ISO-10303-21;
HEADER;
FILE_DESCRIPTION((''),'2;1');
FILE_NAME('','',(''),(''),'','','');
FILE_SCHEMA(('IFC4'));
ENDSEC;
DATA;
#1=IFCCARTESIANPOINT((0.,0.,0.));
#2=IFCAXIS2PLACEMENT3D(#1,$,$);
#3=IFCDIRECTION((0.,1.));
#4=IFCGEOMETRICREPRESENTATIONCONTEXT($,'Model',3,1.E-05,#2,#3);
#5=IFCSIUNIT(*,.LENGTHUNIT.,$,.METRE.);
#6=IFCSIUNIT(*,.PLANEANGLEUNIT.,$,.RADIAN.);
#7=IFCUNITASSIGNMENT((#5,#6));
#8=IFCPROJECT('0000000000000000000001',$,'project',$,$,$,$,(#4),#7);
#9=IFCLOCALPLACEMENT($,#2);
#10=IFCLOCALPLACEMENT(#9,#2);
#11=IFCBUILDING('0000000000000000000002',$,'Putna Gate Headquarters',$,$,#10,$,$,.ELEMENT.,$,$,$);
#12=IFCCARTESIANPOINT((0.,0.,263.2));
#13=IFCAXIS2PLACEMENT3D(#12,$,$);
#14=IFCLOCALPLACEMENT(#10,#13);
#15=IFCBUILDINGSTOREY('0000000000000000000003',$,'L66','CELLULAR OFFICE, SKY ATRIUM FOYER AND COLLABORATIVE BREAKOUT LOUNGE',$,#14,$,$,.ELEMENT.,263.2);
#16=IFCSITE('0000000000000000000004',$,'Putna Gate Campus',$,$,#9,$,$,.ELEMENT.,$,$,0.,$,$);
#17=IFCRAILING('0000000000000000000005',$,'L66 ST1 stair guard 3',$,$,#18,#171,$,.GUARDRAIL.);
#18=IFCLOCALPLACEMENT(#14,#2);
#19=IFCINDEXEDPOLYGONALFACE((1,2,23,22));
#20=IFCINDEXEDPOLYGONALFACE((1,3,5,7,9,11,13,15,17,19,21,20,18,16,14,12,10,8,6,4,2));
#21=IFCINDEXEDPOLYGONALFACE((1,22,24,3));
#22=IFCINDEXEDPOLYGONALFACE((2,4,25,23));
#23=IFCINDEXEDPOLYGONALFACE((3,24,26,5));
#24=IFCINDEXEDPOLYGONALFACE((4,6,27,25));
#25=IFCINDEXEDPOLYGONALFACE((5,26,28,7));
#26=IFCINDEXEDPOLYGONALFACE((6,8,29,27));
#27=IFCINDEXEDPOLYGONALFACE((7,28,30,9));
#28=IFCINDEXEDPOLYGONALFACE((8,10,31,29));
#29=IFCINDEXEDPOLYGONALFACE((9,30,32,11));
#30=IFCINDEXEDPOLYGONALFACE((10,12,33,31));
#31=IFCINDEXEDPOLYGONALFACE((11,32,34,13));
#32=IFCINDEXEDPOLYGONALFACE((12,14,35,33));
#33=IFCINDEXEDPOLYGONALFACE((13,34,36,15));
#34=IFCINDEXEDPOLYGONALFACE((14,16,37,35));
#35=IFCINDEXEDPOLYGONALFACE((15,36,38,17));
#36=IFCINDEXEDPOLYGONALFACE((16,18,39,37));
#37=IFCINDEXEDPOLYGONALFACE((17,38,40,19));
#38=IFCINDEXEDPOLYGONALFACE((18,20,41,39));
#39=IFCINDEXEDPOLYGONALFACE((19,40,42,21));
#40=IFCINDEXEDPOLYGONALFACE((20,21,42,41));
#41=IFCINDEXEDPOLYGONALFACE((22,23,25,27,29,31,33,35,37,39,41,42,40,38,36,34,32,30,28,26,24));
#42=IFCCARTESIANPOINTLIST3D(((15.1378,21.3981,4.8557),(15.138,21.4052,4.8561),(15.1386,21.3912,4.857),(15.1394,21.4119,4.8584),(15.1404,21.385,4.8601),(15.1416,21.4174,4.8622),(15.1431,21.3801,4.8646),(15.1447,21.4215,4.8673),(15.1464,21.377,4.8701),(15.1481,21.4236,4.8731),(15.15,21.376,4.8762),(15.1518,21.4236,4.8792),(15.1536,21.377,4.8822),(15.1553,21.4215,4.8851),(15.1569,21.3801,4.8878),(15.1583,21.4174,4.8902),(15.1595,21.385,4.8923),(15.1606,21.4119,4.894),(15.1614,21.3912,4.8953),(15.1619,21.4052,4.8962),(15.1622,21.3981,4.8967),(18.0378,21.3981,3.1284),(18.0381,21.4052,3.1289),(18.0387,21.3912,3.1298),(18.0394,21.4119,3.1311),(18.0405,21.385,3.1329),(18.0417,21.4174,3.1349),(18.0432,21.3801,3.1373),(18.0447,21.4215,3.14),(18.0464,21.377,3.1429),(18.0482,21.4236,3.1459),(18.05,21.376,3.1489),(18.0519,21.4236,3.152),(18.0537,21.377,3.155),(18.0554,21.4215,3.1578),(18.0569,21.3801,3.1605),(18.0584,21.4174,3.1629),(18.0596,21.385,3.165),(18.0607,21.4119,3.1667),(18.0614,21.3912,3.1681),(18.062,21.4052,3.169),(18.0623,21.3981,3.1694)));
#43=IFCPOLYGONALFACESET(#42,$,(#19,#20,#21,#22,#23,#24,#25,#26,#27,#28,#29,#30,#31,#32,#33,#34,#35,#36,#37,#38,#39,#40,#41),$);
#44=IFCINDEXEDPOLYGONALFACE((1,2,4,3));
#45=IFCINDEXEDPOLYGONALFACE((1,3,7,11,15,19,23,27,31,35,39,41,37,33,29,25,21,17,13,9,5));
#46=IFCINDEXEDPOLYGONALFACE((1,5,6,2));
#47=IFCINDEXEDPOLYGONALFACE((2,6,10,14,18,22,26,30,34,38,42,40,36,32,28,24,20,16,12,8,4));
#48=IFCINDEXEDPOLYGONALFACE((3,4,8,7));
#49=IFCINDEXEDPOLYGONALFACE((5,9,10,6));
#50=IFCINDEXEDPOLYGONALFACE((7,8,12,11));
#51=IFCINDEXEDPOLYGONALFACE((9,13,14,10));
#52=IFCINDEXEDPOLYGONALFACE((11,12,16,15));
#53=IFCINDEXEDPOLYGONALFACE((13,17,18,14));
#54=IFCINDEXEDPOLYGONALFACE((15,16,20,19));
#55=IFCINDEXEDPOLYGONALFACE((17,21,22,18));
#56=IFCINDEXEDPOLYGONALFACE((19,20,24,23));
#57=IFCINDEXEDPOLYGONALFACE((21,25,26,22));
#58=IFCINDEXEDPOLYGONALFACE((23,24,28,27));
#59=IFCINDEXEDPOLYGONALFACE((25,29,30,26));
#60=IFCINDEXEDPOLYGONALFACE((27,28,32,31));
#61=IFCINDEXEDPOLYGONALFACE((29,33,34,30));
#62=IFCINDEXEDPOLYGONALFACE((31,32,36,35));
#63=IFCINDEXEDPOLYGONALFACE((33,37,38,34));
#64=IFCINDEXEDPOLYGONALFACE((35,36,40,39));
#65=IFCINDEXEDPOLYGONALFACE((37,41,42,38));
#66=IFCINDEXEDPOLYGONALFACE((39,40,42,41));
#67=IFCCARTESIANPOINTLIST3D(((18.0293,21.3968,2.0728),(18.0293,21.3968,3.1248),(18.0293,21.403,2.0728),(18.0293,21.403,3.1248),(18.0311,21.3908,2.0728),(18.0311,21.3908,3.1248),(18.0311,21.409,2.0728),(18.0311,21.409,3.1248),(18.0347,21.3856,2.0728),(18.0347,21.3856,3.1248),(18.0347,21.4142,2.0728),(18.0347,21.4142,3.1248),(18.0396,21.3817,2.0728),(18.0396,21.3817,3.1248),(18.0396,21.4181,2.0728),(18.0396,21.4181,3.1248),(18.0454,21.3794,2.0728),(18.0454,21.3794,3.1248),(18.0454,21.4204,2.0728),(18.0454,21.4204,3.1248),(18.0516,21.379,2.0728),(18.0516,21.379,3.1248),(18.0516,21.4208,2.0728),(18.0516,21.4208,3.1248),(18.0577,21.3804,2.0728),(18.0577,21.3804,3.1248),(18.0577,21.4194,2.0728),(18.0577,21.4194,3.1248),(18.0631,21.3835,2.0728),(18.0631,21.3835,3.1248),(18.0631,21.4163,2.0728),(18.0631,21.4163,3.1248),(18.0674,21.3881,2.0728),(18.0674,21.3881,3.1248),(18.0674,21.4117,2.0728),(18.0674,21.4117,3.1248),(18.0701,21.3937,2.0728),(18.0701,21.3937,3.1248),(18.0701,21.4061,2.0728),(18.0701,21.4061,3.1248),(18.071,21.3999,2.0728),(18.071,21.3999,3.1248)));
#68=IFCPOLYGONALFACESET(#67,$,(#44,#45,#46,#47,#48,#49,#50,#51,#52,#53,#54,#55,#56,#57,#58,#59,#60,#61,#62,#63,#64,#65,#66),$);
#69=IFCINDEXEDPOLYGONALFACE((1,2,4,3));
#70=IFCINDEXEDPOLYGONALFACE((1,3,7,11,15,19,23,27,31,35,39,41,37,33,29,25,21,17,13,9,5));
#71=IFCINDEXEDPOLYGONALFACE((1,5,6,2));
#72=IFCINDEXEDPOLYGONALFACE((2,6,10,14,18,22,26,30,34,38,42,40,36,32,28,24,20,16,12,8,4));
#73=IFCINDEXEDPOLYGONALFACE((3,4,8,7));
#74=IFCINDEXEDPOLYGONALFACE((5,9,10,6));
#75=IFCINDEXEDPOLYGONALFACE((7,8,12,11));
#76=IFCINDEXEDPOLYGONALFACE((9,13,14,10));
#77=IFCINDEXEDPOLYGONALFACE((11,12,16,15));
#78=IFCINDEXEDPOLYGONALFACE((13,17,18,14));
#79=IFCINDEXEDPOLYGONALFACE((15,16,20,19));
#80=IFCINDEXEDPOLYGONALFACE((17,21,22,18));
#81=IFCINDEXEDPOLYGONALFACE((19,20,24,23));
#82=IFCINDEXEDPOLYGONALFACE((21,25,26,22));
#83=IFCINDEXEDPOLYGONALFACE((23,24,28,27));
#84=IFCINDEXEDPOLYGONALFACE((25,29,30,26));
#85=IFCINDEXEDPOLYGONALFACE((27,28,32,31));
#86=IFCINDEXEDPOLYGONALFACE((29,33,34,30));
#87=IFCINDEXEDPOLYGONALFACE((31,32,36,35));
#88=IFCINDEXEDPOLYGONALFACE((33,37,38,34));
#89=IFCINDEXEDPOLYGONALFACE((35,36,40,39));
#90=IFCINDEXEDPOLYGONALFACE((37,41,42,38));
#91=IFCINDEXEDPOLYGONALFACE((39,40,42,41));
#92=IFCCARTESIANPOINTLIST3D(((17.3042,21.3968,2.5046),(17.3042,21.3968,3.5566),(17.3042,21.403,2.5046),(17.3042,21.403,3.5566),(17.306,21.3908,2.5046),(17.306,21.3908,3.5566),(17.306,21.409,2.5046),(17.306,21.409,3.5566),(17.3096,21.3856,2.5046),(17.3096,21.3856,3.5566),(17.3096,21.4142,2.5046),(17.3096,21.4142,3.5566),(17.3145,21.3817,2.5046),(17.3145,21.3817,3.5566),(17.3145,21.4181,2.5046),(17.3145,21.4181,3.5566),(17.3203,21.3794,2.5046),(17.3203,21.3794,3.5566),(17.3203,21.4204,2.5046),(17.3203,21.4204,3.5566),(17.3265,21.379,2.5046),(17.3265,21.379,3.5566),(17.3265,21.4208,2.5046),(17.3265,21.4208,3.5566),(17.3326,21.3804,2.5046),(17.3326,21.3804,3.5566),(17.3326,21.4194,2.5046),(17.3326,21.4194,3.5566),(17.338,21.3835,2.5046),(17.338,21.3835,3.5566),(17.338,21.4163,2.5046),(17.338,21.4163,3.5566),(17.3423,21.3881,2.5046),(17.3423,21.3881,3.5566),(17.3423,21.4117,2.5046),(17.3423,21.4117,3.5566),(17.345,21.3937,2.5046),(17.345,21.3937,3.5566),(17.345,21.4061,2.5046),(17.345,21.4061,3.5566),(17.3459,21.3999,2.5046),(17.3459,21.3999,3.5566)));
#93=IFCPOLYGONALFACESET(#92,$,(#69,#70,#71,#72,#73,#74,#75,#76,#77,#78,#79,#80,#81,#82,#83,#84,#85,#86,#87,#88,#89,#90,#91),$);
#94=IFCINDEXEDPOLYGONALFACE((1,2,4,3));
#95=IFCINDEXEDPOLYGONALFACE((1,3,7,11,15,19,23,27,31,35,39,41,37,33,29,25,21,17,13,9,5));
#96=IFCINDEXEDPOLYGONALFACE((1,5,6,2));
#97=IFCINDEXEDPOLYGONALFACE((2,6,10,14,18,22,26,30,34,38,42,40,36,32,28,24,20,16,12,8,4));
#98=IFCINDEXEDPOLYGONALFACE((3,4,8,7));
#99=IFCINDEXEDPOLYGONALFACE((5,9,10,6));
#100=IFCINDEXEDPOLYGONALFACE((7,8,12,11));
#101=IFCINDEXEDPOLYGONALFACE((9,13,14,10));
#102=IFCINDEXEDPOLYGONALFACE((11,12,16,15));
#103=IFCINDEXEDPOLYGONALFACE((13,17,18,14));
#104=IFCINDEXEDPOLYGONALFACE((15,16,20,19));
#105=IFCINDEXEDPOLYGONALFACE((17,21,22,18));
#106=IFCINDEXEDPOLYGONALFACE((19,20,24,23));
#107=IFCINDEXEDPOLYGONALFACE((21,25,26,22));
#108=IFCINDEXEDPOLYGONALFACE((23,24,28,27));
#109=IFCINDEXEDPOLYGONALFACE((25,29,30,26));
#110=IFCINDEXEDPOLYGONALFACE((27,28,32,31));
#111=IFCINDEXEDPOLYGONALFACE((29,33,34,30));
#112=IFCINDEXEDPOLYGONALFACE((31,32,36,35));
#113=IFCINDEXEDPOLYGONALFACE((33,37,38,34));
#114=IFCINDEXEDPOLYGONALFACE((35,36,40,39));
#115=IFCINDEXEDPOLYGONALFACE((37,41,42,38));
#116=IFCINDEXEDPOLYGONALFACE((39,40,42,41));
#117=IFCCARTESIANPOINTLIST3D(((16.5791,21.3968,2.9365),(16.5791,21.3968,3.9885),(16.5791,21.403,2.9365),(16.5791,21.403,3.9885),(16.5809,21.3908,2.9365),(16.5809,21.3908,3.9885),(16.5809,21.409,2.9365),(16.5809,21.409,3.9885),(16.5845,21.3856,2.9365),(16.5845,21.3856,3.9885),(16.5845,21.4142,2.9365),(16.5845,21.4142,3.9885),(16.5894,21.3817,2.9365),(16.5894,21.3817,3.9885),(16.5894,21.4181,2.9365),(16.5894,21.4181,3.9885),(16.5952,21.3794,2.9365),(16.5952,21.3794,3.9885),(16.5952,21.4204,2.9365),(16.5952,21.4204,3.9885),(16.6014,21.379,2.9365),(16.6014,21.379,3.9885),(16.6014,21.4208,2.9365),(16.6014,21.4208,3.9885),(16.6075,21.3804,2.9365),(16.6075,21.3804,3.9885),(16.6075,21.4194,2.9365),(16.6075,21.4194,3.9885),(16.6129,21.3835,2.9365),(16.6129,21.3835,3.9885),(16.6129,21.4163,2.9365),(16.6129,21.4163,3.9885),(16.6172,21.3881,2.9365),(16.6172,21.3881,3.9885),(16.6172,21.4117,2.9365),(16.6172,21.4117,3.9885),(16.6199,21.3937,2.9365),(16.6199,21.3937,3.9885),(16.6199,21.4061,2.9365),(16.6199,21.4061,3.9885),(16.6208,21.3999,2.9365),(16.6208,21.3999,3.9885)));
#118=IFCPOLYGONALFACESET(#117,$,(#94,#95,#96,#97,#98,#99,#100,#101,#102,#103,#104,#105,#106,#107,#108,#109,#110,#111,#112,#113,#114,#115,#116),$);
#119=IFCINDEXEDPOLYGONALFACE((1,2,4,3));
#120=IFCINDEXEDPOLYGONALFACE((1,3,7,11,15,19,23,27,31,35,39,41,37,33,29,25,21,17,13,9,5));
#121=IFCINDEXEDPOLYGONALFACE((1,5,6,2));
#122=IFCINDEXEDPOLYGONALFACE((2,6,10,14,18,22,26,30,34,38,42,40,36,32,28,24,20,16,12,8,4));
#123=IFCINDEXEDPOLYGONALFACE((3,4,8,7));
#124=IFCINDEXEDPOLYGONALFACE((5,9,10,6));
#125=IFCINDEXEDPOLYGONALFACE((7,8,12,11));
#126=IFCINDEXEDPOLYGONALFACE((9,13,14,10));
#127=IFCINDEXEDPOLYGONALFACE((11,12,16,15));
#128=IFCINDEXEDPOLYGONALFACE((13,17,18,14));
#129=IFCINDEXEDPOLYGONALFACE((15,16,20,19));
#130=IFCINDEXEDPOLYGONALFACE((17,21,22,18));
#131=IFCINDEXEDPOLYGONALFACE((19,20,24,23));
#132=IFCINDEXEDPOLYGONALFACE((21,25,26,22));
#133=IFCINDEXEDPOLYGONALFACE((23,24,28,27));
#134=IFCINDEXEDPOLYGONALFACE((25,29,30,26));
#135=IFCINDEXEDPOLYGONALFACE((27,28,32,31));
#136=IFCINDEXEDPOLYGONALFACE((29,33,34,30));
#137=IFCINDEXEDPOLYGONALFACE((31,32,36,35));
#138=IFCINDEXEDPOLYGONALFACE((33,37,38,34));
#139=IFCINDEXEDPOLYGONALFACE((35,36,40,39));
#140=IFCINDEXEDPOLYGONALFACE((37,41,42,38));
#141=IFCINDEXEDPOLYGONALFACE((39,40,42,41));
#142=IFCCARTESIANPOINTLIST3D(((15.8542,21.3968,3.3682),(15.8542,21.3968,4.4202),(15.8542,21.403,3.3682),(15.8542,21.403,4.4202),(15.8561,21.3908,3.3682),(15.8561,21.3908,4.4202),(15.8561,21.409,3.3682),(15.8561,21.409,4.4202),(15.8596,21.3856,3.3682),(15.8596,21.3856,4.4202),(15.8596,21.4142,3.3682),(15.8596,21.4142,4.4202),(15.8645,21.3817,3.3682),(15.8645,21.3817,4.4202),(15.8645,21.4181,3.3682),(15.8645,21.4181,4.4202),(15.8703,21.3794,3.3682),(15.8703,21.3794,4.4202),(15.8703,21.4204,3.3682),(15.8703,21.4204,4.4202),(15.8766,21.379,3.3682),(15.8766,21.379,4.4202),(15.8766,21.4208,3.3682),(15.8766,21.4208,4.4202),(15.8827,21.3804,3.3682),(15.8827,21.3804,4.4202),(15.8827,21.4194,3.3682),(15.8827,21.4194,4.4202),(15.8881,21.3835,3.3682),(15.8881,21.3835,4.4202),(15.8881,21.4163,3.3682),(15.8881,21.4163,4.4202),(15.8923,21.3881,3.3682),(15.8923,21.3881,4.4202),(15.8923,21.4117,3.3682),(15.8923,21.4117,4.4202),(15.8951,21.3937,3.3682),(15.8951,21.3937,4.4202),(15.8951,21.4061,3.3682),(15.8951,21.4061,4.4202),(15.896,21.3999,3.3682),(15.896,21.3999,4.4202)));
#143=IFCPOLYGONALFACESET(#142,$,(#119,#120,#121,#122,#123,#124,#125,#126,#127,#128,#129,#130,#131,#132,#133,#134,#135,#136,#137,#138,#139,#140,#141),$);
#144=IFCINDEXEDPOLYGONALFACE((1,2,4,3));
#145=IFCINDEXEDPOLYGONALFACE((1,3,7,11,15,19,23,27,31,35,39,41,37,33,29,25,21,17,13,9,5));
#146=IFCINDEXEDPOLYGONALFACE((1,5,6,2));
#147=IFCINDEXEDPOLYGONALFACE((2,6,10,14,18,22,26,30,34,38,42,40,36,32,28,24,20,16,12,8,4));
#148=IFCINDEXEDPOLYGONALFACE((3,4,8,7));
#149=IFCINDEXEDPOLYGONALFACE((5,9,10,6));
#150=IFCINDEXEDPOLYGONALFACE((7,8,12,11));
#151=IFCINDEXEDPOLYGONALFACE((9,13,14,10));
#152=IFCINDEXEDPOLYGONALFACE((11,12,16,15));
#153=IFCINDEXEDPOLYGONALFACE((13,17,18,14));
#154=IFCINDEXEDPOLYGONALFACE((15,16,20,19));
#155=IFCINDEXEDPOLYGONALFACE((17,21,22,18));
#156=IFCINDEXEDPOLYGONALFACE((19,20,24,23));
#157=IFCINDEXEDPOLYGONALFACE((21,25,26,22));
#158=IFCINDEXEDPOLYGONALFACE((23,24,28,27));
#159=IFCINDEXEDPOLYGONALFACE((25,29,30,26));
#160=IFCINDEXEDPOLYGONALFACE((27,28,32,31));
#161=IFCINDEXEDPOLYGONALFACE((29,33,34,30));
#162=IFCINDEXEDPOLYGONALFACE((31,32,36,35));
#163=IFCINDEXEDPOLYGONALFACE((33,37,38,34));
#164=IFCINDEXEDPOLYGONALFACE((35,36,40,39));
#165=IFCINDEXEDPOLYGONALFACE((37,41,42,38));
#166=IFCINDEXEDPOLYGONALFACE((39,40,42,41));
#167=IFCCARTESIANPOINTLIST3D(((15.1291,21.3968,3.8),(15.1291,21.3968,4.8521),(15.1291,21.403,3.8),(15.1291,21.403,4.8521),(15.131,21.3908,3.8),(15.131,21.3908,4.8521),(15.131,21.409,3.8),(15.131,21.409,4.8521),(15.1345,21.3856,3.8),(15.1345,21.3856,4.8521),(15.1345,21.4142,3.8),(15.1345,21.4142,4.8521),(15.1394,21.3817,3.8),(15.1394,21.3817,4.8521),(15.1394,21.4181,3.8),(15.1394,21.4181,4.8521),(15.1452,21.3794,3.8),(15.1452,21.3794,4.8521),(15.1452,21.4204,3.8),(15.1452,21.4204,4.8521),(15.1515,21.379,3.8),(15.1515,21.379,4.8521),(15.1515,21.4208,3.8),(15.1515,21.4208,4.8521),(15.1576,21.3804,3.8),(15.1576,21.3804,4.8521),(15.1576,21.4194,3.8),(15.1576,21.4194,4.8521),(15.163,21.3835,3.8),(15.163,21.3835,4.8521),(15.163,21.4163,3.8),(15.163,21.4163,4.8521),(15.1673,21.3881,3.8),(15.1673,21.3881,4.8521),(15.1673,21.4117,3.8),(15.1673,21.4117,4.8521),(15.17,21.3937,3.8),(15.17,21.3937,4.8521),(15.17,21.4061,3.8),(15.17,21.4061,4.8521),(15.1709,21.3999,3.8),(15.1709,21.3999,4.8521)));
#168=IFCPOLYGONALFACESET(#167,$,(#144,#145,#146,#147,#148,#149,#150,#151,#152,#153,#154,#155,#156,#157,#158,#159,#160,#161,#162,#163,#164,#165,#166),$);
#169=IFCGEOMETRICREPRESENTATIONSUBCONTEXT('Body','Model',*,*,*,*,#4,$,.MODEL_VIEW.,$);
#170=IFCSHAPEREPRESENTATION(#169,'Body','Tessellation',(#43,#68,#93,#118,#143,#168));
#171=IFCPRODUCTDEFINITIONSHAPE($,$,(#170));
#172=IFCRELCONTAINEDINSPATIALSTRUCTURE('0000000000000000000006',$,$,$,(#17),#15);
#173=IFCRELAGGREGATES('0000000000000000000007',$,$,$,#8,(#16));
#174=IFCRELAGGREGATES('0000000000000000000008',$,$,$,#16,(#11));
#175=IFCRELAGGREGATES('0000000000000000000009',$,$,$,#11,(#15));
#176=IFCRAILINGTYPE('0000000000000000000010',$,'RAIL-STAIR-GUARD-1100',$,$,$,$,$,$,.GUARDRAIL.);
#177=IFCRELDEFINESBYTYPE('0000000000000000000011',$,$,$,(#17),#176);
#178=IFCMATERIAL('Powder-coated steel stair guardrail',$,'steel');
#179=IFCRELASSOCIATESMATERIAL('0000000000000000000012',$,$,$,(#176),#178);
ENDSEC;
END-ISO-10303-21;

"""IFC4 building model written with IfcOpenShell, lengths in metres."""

from ifc_helpers import new_model, si_unit, direction, frame, origin, origin_2d, place, context, subcontext, project, spatial, circle, extrude, material, type_object, element, save


model = new_model("IFC4")

# Units and contexts
model_context = context("Model", 3, precision=1e-05, world=origin(), true_north=direction((0.0, 1.0)))
body_context = subcontext(model_context, "Body", "Model", "MODEL_VIEW")
ifc_project = project(units=[si_unit("LENGTHUNIT", "METRE"), si_unit("PLANEANGLEUNIT", "RADIAN")], contexts=[model_context])

# Site, building, storey
site_placement = place(None, origin())
site = spatial("IfcSite", under=ifc_project, at=site_placement, Name="Putna Gate Campus", CompositionType="ELEMENT", RefElevation=0.0)
building_placement = place(site_placement, origin())
building = spatial("IfcBuilding", under=site, at=building_placement, Name="Putna Gate Headquarters", CompositionType="ELEMENT")
storey_placement = place(building_placement, frame((0.0, 0.0, 263.2)))
storey = spatial("IfcBuildingStorey", under=building, at=storey_placement, Name="L66", Description="CELLULAR OFFICE, SKY ATRIUM FOYER AND COLLABORATIVE BREAKOUT LOUNGE", CompositionType="ELEMENT", Elevation=263.2)

# Railing
ifc_material_1 = material(Name="Powder-coated steel stair guardrail", Category="steel")
railing_type_1 = type_object("IfcRailingType", Name="RAIL-STAIR-GUARD-1100", PredefinedType="GUARDRAIL", material=ifc_material_1)
railing_1_placement = place(storey_placement, frame((18.05, 21.3999, 2.0728)))
element("IfcRailing", 1, at=railing_1_placement, inside=storey, type_object=railing_type_1, Name="L66 ST1 stair guard 3", PredefinedType="GUARDRAIL", context=body_context, shape_type="SweptSolid", body=[
    extrude(circle(Radius=0.0239, at=origin_2d()), frame((0.0, 0.0, 1.0762), z_axis=(-0.85916, 0.0, 0.511706), x_axis=(0.0, -1.0, 0.0)), (0.0, 0.0, 1.0), 3.3755),
    extrude(circle(Radius=0.021, at=origin_2d()), origin(), (0.0, 0.0, 1.0), 1.052),
    extrude(circle(Radius=0.021, at=origin_2d()), frame((-0.7251, 0.0, 0.4319)), (0.0, 0.0, 1.0), 1.052),
    extrude(circle(Radius=0.021, at=origin_2d()), frame((-1.4502, 0.0, 0.8638)), (0.0, 0.0, 1.0), 1.052),
    extrude(circle(Radius=0.021, at=origin_2d()), frame((-2.175, 0.0, 1.2954)), (0.0, 0.0, 1.0), 1.052),
    extrude(circle(Radius=0.021, at=origin_2d()), frame((-2.9001, 0.0, 1.7273)), (0.0, 0.0, 1.0), 1.052),
])

save(model, "model.ifc")
